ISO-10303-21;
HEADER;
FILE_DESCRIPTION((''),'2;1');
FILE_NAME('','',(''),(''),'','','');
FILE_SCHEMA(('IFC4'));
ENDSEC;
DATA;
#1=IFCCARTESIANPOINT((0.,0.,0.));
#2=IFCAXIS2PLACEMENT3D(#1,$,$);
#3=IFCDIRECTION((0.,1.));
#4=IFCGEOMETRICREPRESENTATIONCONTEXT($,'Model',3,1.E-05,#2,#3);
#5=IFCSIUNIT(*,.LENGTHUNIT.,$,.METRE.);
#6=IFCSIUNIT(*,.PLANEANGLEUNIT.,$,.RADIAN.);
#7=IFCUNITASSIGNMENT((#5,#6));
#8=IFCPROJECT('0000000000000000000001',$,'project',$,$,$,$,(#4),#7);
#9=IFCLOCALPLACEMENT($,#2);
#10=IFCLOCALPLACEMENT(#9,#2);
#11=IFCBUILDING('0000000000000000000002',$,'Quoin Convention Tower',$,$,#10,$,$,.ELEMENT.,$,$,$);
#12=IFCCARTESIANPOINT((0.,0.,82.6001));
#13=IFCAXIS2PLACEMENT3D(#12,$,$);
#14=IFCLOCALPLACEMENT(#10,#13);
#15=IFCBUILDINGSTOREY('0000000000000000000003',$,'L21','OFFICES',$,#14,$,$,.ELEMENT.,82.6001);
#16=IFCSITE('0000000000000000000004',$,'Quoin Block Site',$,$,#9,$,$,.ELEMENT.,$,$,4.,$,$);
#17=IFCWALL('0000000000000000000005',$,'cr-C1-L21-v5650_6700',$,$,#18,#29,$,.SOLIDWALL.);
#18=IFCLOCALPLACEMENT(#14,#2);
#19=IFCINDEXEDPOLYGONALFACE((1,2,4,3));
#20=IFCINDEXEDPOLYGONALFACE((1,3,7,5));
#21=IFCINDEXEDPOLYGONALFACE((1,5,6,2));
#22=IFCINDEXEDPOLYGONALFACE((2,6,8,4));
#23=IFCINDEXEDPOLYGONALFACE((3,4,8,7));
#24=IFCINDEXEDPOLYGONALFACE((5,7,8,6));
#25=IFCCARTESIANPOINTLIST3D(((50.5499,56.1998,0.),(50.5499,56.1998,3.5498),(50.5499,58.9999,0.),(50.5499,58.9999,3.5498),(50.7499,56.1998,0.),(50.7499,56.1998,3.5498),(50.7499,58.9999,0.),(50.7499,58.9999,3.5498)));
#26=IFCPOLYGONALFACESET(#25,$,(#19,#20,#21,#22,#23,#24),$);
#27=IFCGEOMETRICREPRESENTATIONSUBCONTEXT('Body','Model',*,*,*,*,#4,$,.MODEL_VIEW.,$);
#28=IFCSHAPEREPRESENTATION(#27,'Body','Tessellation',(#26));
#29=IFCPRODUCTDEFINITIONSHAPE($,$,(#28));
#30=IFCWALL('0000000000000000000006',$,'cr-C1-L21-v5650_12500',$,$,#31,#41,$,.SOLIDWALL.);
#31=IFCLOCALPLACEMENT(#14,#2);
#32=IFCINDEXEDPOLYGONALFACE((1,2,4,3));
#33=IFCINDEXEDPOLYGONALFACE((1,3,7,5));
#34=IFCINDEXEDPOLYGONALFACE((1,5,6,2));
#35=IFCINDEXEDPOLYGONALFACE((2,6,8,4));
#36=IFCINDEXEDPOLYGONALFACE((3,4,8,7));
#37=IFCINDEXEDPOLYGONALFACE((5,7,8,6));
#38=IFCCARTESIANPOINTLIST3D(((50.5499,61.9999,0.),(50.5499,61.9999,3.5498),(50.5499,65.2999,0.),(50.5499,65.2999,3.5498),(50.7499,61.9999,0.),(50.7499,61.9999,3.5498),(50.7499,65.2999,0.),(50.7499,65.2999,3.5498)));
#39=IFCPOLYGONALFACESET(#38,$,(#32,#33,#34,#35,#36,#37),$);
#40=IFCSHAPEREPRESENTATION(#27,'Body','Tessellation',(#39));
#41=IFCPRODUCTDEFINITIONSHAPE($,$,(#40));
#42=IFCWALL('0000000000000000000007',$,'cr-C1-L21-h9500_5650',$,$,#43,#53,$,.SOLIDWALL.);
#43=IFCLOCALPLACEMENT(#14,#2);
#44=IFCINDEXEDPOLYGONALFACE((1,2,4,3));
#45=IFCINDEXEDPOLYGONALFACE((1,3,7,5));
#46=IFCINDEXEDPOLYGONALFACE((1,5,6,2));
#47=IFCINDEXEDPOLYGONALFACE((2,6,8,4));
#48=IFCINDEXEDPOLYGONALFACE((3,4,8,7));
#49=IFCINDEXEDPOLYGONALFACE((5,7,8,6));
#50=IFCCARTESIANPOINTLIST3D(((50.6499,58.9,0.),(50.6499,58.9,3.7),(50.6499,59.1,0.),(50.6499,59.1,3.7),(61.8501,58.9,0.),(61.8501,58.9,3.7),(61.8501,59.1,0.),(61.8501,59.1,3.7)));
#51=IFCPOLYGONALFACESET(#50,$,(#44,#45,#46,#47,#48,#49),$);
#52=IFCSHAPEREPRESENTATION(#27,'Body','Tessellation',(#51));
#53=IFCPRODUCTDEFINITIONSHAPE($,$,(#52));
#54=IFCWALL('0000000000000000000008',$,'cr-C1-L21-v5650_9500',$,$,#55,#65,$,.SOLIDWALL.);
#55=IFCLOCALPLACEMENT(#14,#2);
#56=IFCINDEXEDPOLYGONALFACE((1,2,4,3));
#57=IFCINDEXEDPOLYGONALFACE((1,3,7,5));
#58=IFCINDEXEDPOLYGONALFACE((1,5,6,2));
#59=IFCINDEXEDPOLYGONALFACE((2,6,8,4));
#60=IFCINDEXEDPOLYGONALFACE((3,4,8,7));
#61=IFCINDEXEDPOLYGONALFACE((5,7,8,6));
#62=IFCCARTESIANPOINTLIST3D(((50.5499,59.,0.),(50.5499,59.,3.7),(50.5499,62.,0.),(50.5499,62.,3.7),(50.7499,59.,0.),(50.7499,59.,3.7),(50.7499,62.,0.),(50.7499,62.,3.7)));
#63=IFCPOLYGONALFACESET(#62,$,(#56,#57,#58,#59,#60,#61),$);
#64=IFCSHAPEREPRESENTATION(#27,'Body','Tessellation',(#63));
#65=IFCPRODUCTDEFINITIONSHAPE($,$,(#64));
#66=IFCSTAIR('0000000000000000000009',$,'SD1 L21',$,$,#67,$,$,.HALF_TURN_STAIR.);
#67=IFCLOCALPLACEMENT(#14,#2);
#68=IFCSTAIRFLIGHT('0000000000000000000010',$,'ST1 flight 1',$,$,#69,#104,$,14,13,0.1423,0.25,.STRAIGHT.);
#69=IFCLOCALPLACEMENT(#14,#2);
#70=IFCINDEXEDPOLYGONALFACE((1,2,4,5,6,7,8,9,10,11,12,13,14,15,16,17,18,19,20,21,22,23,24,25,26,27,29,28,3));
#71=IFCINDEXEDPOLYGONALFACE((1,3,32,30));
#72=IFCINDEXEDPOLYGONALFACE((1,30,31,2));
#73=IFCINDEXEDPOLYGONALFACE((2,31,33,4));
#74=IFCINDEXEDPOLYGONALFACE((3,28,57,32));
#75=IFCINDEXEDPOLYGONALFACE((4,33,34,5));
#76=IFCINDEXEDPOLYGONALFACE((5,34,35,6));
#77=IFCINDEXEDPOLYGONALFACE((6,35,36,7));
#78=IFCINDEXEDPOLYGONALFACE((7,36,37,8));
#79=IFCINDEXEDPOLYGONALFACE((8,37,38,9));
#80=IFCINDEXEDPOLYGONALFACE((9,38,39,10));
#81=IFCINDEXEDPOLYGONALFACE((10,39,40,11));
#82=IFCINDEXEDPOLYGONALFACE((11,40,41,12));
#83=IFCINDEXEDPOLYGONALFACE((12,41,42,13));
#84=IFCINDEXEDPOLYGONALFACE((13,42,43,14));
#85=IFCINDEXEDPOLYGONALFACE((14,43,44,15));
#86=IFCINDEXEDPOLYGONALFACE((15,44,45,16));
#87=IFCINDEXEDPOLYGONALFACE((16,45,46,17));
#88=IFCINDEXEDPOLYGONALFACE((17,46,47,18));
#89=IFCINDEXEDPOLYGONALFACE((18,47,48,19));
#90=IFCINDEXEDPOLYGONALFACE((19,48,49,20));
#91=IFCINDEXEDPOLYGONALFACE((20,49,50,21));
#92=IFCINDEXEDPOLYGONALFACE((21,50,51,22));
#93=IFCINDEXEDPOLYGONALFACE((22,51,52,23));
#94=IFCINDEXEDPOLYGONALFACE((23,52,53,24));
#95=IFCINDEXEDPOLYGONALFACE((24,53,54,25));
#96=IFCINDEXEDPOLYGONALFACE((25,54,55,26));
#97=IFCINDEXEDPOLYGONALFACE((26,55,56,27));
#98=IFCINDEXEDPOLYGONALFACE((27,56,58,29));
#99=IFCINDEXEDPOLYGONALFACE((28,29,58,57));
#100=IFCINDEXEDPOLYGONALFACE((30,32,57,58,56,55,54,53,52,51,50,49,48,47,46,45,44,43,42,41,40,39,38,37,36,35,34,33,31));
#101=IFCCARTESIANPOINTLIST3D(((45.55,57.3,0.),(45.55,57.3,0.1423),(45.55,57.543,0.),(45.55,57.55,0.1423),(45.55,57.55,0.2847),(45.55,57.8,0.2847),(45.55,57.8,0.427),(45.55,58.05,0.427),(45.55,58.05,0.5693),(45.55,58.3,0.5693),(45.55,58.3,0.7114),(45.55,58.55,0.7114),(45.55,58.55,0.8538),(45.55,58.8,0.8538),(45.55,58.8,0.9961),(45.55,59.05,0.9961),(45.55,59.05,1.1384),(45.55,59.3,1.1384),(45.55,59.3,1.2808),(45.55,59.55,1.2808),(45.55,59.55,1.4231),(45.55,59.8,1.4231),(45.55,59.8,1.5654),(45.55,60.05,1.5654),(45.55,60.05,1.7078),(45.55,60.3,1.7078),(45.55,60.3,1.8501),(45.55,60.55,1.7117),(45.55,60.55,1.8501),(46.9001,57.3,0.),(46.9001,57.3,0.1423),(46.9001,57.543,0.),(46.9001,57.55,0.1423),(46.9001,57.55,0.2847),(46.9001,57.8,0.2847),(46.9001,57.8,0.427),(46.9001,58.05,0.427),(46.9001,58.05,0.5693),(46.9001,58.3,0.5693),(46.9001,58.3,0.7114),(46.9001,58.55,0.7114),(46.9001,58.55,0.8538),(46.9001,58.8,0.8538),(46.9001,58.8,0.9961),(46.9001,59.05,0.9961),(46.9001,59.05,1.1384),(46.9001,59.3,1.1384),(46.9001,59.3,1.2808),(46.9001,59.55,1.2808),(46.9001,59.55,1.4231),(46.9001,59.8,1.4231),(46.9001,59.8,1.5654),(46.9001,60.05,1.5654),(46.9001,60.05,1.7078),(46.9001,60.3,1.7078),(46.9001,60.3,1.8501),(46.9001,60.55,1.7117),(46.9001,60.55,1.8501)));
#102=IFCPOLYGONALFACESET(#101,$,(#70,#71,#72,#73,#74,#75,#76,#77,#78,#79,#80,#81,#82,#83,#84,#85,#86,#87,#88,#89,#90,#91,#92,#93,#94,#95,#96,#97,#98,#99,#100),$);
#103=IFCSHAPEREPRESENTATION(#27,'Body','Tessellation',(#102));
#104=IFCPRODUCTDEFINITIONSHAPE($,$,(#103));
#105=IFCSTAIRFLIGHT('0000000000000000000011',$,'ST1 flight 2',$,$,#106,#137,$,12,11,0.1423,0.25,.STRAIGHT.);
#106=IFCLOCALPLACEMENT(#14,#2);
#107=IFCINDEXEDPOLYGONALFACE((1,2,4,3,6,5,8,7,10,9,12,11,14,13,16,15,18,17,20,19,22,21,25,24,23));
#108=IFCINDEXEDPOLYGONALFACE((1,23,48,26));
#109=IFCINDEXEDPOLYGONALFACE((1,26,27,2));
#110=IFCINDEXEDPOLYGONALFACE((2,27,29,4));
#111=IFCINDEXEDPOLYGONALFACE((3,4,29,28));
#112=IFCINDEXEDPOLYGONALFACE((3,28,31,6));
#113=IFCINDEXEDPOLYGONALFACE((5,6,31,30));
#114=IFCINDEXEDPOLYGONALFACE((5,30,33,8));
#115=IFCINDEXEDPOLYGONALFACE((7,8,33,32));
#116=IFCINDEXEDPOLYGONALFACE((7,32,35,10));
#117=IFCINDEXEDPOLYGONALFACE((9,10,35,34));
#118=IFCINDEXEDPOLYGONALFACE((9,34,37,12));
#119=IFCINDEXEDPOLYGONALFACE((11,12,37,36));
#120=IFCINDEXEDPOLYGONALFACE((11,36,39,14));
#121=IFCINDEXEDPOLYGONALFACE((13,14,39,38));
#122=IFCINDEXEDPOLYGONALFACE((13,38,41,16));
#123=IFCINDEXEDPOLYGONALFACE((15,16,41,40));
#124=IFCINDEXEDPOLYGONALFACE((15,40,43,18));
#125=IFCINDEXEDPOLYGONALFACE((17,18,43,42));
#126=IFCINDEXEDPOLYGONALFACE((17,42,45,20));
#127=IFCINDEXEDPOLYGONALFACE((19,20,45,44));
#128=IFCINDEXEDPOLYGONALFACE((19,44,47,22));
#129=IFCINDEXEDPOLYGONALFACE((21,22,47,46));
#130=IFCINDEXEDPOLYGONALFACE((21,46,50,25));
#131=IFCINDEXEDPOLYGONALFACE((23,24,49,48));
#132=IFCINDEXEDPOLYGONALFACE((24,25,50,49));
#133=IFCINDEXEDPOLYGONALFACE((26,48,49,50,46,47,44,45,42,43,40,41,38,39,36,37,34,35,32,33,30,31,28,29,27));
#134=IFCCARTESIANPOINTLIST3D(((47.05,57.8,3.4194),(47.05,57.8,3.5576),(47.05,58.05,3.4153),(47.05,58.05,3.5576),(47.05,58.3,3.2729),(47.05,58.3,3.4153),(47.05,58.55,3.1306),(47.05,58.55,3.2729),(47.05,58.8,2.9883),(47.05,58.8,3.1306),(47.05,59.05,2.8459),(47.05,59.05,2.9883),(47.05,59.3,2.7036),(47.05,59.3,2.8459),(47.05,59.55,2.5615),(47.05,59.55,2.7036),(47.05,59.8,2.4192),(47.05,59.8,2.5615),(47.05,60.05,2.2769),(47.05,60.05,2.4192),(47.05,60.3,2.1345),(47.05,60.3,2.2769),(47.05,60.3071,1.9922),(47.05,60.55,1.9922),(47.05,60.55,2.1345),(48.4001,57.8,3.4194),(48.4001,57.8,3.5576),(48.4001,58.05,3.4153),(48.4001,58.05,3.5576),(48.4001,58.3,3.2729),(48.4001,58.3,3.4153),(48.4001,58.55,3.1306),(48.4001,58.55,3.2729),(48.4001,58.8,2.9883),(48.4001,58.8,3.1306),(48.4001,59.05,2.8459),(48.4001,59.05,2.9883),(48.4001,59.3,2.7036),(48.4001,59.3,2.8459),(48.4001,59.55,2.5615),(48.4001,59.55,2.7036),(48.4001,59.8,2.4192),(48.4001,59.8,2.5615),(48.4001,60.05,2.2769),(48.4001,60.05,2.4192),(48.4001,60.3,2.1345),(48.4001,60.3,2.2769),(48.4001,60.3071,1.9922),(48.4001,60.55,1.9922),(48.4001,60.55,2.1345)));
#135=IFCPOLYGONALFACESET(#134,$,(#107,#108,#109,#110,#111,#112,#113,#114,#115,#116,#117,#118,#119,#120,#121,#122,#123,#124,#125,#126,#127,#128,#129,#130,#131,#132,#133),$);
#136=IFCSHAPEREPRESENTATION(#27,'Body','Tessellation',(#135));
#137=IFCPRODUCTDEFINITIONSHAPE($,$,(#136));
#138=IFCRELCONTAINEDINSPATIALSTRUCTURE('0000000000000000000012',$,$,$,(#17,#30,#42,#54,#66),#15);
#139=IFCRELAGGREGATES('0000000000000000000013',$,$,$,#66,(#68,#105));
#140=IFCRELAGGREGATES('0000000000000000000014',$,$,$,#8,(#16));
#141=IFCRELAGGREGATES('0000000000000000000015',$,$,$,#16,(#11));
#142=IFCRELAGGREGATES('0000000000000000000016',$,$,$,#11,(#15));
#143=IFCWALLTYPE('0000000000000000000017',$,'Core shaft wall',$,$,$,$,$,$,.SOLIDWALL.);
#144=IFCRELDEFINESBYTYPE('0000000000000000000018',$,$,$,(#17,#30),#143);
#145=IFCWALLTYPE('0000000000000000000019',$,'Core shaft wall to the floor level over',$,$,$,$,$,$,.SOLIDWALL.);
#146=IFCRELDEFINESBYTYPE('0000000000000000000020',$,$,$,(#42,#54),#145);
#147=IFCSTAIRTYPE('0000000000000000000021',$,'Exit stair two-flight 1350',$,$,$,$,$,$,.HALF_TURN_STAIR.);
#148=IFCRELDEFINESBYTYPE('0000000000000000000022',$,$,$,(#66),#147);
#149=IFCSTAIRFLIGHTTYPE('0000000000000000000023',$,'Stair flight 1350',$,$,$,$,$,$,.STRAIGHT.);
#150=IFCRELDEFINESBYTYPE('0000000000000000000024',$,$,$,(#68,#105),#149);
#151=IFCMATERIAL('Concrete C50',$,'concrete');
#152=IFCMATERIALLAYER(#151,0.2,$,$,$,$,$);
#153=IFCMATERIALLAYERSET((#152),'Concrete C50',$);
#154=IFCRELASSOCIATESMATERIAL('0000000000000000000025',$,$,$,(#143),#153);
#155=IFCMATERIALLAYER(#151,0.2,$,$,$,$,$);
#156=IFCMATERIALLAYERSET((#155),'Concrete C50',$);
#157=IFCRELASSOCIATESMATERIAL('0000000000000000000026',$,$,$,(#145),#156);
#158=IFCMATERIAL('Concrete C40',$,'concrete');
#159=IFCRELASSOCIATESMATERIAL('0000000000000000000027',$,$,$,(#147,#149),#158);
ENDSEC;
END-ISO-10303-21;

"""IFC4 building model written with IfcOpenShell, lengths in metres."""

from ifc_helpers import new_model, si_unit, direction, frame, frame_2d, origin, place, context, subcontext, project, spatial, polyline, rectangle, outline, extrude, material, layer, layer_set, type_object, element, aggregate, save


model = new_model("IFC4")

# Units and contexts
model_context = context("Model", 3, precision=1e-05, world=origin(), true_north=direction((0.0, 1.0)))
body_context = subcontext(model_context, "Body", "Model", "MODEL_VIEW")
ifc_project = project(units=[si_unit("LENGTHUNIT", "METRE"), si_unit("PLANEANGLEUNIT", "RADIAN")], contexts=[model_context])

# Site, building, storey
site_placement = place(None, origin())
site = spatial("IfcSite", under=ifc_project, at=site_placement, Name="Quoin Block Site", CompositionType="ELEMENT", RefElevation=4.0)
building_placement = place(site_placement, origin())
building = spatial("IfcBuilding", under=site, at=building_placement, Name="Quoin Convention Tower", CompositionType="ELEMENT")
storey_placement = place(building_placement, frame((0.0, 0.0, 82.6001)))
storey = spatial("IfcBuildingStorey", under=building, at=storey_placement, Name="L21", Description="OFFICES", CompositionType="ELEMENT", Elevation=82.6001)

# Shared definitions
ifc_material_1 = material(Name="Concrete C50", Category="concrete")
ifc_layer_1 = layer(ifc_material_1, 0.2)
ifc_layer_set_1 = layer_set([ifc_layer_1], Name="Concrete C50")
wall_type_1 = type_object("IfcWallType", Name="Core shaft wall", PredefinedType="SOLIDWALL", material=ifc_layer_set_1)

# Walls
wall_1_placement = place(storey_placement, frame((50.6499, 56.2, 0.0), z_axis=(0.0, 0.0, 1.0), x_axis=(0.0, 1.0, 0.0)))
element("IfcWall", 1, at=wall_1_placement, inside=storey, type_object=wall_type_1, Name="cr-C1-L21-v5650_6700", PredefinedType="SOLIDWALL", context=body_context, shape_type="SweptSolid", body=[
    extrude(rectangle(XDim=2.8, YDim=0.2, at=frame_2d((1.3999, 0.0))), origin(), (0.0, 0.0, 1.0), 3.5498),
])
wall_2_placement = place(storey_placement, frame((50.6499, 62.0, 0.0), z_axis=(0.0, 0.0, 1.0), x_axis=(0.0, 1.0, 0.0)))
element("IfcWall", 2, at=wall_2_placement, inside=storey, type_object=wall_type_1, Name="cr-C1-L21-v5650_12500", PredefinedType="SOLIDWALL", context=body_context, shape_type="SweptSolid", body=[
    extrude(rectangle(XDim=3.3, YDim=0.2, at=frame_2d((1.6499, 0.0))), origin(), (0.0, 0.0, 1.0), 3.5498),
])
ifc_layer_2 = layer(ifc_material_1, 0.2)
ifc_layer_set_2 = layer_set([ifc_layer_2], Name="Concrete C50")
wall_type_2 = type_object("IfcWallType", Name="Core shaft wall to the floor level over", PredefinedType="SOLIDWALL", material=ifc_layer_set_2)
wall_3_placement = place(storey_placement, frame((50.6499, 59.0, 0.0), z_axis=(0.0, 0.0, 1.0), x_axis=(1.0, 0.0, 0.0)))
element("IfcWall", 3, at=wall_3_placement, inside=storey, type_object=wall_type_2, Name="cr-C1-L21-h9500_5650", PredefinedType="SOLIDWALL", context=body_context, shape_type="SweptSolid", body=[
    extrude(rectangle(XDim=11.2002, YDim=0.2, at=frame_2d((5.6001, 0.0))), origin(), (0.0, 0.0, 1.0), 3.7),
])
wall_4_placement = place(storey_placement, frame((50.6499, 59.0, 0.0), z_axis=(0.0, 0.0, 1.0), x_axis=(0.0, 1.0, 0.0)))
element("IfcWall", 4, at=wall_4_placement, inside=storey, type_object=wall_type_2, Name="cr-C1-L21-v5650_9500", PredefinedType="SOLIDWALL", context=body_context, shape_type="SweptSolid", body=[
    extrude(rectangle(XDim=3.0, YDim=0.2, at=frame_2d((1.5, 0.0))), origin(), (0.0, 0.0, 1.0), 3.7),
])

# Stair, stair flights
ifc_material_2 = material(Name="Concrete C40", Category="concrete")
stair_type = type_object("IfcStairType", Name="Exit stair two-flight 1350", PredefinedType="HALF_TURN_STAIR", material=ifc_material_2)
stair_placement = place(storey_placement, origin())
stair = element("IfcStair", 5, at=stair_placement, inside=storey, type_object=stair_type, Name="SD1 L21", PredefinedType="HALF_TURN_STAIR")
stair_flight_type = type_object("IfcStairFlightType", Name="Stair flight 1350", PredefinedType="STRAIGHT", material=ifc_material_2)
stair_flight_1_placement = place(storey_placement, frame((46.2251, 57.3, 0.0), z_axis=(0.0, 0.0, 1.0), x_axis=(0.0, 1.0, 0.0)))
stair_flight_1 = element("IfcStairFlight", 6, at=stair_flight_1_placement, type_object=stair_flight_type, Name="ST1 flight 1", NumberOfRisers=14, NumberOfTreads=13, PredefinedType="STRAIGHT", RiserHeight=0.1423, TreadLength=0.25, context=body_context, shape_type="SweptSolid", body=[
    extrude(outline(polyline([(0.0, 0.0), (0.0, 0.1423), (0.25, 0.1423), (0.25, 0.2847), (0.5, 0.2847), (0.5, 0.427), (0.75, 0.427), (0.75, 0.5693), (1.0, 0.5693), (1.0, 0.7114), (1.25, 0.7114), (1.25, 0.8538), (1.5, 0.8538), (1.5, 0.9961), (1.75, 0.9961), (1.75, 1.1384), (2.0, 1.1384), (2.0, 1.2808), (2.25, 1.2808), (2.25, 1.4231), (2.5, 1.4231), (2.5, 1.5654), (2.75, 1.5654), (2.75, 1.7078), (3.0, 1.7078), (3.0, 1.8501), (3.25, 1.8501), (3.25, 1.9922), (3.25, 1.7117), (0.2429, 0.0), (0.0, 0.0)])), frame((0.0, 0.675, 0.0), z_axis=(0.0, -1.0, 0.0), x_axis=(1.0, 0.0, 0.0)), (0.0, 0.0, 1.0), 1.3501),
])
stair_flight_2_placement = place(storey_placement, frame((47.7251, 60.55, 1.9922), z_axis=(0.0, 0.0, 1.0), x_axis=(0.0, -1.0, 0.0)))
stair_flight_2 = element("IfcStairFlight", 7, at=stair_flight_2_placement, type_object=stair_flight_type, Name="ST1 flight 2", NumberOfRisers=12, NumberOfTreads=11, PredefinedType="STRAIGHT", RiserHeight=0.1423, TreadLength=0.25, context=body_context, shape_type="SweptSolid", body=[
    extrude(outline(polyline([(0.0, 0.0), (0.0, 0.1423), (0.25, 0.1423), (0.25, 0.2847), (0.5, 0.2847), (0.5, 0.427), (0.75, 0.427), (0.75, 0.5693), (1.0, 0.5693), (1.0, 0.7114), (1.25, 0.7114), (1.25, 0.8538), (1.5, 0.8538), (1.5, 0.9961), (1.75, 0.9961), (1.75, 1.1384), (2.0, 1.1384), (2.0, 1.2808), (2.25, 1.2808), (2.25, 1.4231), (2.5, 1.4231), (2.5, 1.5654), (2.75, 1.5654), (2.75, 1.7078), (2.75, 1.4272), (0.2429, 0.0), (0.0, 0.0)])), frame((0.0, 0.675, 0.0), z_axis=(0.0, -1.0, 0.0), x_axis=(1.0, 0.0, 0.0)), (0.0, 0.0, 1.0), 1.3501),
])
aggregate(stair, [stair_flight_1, stair_flight_2])

save(model, "model.ifc")
